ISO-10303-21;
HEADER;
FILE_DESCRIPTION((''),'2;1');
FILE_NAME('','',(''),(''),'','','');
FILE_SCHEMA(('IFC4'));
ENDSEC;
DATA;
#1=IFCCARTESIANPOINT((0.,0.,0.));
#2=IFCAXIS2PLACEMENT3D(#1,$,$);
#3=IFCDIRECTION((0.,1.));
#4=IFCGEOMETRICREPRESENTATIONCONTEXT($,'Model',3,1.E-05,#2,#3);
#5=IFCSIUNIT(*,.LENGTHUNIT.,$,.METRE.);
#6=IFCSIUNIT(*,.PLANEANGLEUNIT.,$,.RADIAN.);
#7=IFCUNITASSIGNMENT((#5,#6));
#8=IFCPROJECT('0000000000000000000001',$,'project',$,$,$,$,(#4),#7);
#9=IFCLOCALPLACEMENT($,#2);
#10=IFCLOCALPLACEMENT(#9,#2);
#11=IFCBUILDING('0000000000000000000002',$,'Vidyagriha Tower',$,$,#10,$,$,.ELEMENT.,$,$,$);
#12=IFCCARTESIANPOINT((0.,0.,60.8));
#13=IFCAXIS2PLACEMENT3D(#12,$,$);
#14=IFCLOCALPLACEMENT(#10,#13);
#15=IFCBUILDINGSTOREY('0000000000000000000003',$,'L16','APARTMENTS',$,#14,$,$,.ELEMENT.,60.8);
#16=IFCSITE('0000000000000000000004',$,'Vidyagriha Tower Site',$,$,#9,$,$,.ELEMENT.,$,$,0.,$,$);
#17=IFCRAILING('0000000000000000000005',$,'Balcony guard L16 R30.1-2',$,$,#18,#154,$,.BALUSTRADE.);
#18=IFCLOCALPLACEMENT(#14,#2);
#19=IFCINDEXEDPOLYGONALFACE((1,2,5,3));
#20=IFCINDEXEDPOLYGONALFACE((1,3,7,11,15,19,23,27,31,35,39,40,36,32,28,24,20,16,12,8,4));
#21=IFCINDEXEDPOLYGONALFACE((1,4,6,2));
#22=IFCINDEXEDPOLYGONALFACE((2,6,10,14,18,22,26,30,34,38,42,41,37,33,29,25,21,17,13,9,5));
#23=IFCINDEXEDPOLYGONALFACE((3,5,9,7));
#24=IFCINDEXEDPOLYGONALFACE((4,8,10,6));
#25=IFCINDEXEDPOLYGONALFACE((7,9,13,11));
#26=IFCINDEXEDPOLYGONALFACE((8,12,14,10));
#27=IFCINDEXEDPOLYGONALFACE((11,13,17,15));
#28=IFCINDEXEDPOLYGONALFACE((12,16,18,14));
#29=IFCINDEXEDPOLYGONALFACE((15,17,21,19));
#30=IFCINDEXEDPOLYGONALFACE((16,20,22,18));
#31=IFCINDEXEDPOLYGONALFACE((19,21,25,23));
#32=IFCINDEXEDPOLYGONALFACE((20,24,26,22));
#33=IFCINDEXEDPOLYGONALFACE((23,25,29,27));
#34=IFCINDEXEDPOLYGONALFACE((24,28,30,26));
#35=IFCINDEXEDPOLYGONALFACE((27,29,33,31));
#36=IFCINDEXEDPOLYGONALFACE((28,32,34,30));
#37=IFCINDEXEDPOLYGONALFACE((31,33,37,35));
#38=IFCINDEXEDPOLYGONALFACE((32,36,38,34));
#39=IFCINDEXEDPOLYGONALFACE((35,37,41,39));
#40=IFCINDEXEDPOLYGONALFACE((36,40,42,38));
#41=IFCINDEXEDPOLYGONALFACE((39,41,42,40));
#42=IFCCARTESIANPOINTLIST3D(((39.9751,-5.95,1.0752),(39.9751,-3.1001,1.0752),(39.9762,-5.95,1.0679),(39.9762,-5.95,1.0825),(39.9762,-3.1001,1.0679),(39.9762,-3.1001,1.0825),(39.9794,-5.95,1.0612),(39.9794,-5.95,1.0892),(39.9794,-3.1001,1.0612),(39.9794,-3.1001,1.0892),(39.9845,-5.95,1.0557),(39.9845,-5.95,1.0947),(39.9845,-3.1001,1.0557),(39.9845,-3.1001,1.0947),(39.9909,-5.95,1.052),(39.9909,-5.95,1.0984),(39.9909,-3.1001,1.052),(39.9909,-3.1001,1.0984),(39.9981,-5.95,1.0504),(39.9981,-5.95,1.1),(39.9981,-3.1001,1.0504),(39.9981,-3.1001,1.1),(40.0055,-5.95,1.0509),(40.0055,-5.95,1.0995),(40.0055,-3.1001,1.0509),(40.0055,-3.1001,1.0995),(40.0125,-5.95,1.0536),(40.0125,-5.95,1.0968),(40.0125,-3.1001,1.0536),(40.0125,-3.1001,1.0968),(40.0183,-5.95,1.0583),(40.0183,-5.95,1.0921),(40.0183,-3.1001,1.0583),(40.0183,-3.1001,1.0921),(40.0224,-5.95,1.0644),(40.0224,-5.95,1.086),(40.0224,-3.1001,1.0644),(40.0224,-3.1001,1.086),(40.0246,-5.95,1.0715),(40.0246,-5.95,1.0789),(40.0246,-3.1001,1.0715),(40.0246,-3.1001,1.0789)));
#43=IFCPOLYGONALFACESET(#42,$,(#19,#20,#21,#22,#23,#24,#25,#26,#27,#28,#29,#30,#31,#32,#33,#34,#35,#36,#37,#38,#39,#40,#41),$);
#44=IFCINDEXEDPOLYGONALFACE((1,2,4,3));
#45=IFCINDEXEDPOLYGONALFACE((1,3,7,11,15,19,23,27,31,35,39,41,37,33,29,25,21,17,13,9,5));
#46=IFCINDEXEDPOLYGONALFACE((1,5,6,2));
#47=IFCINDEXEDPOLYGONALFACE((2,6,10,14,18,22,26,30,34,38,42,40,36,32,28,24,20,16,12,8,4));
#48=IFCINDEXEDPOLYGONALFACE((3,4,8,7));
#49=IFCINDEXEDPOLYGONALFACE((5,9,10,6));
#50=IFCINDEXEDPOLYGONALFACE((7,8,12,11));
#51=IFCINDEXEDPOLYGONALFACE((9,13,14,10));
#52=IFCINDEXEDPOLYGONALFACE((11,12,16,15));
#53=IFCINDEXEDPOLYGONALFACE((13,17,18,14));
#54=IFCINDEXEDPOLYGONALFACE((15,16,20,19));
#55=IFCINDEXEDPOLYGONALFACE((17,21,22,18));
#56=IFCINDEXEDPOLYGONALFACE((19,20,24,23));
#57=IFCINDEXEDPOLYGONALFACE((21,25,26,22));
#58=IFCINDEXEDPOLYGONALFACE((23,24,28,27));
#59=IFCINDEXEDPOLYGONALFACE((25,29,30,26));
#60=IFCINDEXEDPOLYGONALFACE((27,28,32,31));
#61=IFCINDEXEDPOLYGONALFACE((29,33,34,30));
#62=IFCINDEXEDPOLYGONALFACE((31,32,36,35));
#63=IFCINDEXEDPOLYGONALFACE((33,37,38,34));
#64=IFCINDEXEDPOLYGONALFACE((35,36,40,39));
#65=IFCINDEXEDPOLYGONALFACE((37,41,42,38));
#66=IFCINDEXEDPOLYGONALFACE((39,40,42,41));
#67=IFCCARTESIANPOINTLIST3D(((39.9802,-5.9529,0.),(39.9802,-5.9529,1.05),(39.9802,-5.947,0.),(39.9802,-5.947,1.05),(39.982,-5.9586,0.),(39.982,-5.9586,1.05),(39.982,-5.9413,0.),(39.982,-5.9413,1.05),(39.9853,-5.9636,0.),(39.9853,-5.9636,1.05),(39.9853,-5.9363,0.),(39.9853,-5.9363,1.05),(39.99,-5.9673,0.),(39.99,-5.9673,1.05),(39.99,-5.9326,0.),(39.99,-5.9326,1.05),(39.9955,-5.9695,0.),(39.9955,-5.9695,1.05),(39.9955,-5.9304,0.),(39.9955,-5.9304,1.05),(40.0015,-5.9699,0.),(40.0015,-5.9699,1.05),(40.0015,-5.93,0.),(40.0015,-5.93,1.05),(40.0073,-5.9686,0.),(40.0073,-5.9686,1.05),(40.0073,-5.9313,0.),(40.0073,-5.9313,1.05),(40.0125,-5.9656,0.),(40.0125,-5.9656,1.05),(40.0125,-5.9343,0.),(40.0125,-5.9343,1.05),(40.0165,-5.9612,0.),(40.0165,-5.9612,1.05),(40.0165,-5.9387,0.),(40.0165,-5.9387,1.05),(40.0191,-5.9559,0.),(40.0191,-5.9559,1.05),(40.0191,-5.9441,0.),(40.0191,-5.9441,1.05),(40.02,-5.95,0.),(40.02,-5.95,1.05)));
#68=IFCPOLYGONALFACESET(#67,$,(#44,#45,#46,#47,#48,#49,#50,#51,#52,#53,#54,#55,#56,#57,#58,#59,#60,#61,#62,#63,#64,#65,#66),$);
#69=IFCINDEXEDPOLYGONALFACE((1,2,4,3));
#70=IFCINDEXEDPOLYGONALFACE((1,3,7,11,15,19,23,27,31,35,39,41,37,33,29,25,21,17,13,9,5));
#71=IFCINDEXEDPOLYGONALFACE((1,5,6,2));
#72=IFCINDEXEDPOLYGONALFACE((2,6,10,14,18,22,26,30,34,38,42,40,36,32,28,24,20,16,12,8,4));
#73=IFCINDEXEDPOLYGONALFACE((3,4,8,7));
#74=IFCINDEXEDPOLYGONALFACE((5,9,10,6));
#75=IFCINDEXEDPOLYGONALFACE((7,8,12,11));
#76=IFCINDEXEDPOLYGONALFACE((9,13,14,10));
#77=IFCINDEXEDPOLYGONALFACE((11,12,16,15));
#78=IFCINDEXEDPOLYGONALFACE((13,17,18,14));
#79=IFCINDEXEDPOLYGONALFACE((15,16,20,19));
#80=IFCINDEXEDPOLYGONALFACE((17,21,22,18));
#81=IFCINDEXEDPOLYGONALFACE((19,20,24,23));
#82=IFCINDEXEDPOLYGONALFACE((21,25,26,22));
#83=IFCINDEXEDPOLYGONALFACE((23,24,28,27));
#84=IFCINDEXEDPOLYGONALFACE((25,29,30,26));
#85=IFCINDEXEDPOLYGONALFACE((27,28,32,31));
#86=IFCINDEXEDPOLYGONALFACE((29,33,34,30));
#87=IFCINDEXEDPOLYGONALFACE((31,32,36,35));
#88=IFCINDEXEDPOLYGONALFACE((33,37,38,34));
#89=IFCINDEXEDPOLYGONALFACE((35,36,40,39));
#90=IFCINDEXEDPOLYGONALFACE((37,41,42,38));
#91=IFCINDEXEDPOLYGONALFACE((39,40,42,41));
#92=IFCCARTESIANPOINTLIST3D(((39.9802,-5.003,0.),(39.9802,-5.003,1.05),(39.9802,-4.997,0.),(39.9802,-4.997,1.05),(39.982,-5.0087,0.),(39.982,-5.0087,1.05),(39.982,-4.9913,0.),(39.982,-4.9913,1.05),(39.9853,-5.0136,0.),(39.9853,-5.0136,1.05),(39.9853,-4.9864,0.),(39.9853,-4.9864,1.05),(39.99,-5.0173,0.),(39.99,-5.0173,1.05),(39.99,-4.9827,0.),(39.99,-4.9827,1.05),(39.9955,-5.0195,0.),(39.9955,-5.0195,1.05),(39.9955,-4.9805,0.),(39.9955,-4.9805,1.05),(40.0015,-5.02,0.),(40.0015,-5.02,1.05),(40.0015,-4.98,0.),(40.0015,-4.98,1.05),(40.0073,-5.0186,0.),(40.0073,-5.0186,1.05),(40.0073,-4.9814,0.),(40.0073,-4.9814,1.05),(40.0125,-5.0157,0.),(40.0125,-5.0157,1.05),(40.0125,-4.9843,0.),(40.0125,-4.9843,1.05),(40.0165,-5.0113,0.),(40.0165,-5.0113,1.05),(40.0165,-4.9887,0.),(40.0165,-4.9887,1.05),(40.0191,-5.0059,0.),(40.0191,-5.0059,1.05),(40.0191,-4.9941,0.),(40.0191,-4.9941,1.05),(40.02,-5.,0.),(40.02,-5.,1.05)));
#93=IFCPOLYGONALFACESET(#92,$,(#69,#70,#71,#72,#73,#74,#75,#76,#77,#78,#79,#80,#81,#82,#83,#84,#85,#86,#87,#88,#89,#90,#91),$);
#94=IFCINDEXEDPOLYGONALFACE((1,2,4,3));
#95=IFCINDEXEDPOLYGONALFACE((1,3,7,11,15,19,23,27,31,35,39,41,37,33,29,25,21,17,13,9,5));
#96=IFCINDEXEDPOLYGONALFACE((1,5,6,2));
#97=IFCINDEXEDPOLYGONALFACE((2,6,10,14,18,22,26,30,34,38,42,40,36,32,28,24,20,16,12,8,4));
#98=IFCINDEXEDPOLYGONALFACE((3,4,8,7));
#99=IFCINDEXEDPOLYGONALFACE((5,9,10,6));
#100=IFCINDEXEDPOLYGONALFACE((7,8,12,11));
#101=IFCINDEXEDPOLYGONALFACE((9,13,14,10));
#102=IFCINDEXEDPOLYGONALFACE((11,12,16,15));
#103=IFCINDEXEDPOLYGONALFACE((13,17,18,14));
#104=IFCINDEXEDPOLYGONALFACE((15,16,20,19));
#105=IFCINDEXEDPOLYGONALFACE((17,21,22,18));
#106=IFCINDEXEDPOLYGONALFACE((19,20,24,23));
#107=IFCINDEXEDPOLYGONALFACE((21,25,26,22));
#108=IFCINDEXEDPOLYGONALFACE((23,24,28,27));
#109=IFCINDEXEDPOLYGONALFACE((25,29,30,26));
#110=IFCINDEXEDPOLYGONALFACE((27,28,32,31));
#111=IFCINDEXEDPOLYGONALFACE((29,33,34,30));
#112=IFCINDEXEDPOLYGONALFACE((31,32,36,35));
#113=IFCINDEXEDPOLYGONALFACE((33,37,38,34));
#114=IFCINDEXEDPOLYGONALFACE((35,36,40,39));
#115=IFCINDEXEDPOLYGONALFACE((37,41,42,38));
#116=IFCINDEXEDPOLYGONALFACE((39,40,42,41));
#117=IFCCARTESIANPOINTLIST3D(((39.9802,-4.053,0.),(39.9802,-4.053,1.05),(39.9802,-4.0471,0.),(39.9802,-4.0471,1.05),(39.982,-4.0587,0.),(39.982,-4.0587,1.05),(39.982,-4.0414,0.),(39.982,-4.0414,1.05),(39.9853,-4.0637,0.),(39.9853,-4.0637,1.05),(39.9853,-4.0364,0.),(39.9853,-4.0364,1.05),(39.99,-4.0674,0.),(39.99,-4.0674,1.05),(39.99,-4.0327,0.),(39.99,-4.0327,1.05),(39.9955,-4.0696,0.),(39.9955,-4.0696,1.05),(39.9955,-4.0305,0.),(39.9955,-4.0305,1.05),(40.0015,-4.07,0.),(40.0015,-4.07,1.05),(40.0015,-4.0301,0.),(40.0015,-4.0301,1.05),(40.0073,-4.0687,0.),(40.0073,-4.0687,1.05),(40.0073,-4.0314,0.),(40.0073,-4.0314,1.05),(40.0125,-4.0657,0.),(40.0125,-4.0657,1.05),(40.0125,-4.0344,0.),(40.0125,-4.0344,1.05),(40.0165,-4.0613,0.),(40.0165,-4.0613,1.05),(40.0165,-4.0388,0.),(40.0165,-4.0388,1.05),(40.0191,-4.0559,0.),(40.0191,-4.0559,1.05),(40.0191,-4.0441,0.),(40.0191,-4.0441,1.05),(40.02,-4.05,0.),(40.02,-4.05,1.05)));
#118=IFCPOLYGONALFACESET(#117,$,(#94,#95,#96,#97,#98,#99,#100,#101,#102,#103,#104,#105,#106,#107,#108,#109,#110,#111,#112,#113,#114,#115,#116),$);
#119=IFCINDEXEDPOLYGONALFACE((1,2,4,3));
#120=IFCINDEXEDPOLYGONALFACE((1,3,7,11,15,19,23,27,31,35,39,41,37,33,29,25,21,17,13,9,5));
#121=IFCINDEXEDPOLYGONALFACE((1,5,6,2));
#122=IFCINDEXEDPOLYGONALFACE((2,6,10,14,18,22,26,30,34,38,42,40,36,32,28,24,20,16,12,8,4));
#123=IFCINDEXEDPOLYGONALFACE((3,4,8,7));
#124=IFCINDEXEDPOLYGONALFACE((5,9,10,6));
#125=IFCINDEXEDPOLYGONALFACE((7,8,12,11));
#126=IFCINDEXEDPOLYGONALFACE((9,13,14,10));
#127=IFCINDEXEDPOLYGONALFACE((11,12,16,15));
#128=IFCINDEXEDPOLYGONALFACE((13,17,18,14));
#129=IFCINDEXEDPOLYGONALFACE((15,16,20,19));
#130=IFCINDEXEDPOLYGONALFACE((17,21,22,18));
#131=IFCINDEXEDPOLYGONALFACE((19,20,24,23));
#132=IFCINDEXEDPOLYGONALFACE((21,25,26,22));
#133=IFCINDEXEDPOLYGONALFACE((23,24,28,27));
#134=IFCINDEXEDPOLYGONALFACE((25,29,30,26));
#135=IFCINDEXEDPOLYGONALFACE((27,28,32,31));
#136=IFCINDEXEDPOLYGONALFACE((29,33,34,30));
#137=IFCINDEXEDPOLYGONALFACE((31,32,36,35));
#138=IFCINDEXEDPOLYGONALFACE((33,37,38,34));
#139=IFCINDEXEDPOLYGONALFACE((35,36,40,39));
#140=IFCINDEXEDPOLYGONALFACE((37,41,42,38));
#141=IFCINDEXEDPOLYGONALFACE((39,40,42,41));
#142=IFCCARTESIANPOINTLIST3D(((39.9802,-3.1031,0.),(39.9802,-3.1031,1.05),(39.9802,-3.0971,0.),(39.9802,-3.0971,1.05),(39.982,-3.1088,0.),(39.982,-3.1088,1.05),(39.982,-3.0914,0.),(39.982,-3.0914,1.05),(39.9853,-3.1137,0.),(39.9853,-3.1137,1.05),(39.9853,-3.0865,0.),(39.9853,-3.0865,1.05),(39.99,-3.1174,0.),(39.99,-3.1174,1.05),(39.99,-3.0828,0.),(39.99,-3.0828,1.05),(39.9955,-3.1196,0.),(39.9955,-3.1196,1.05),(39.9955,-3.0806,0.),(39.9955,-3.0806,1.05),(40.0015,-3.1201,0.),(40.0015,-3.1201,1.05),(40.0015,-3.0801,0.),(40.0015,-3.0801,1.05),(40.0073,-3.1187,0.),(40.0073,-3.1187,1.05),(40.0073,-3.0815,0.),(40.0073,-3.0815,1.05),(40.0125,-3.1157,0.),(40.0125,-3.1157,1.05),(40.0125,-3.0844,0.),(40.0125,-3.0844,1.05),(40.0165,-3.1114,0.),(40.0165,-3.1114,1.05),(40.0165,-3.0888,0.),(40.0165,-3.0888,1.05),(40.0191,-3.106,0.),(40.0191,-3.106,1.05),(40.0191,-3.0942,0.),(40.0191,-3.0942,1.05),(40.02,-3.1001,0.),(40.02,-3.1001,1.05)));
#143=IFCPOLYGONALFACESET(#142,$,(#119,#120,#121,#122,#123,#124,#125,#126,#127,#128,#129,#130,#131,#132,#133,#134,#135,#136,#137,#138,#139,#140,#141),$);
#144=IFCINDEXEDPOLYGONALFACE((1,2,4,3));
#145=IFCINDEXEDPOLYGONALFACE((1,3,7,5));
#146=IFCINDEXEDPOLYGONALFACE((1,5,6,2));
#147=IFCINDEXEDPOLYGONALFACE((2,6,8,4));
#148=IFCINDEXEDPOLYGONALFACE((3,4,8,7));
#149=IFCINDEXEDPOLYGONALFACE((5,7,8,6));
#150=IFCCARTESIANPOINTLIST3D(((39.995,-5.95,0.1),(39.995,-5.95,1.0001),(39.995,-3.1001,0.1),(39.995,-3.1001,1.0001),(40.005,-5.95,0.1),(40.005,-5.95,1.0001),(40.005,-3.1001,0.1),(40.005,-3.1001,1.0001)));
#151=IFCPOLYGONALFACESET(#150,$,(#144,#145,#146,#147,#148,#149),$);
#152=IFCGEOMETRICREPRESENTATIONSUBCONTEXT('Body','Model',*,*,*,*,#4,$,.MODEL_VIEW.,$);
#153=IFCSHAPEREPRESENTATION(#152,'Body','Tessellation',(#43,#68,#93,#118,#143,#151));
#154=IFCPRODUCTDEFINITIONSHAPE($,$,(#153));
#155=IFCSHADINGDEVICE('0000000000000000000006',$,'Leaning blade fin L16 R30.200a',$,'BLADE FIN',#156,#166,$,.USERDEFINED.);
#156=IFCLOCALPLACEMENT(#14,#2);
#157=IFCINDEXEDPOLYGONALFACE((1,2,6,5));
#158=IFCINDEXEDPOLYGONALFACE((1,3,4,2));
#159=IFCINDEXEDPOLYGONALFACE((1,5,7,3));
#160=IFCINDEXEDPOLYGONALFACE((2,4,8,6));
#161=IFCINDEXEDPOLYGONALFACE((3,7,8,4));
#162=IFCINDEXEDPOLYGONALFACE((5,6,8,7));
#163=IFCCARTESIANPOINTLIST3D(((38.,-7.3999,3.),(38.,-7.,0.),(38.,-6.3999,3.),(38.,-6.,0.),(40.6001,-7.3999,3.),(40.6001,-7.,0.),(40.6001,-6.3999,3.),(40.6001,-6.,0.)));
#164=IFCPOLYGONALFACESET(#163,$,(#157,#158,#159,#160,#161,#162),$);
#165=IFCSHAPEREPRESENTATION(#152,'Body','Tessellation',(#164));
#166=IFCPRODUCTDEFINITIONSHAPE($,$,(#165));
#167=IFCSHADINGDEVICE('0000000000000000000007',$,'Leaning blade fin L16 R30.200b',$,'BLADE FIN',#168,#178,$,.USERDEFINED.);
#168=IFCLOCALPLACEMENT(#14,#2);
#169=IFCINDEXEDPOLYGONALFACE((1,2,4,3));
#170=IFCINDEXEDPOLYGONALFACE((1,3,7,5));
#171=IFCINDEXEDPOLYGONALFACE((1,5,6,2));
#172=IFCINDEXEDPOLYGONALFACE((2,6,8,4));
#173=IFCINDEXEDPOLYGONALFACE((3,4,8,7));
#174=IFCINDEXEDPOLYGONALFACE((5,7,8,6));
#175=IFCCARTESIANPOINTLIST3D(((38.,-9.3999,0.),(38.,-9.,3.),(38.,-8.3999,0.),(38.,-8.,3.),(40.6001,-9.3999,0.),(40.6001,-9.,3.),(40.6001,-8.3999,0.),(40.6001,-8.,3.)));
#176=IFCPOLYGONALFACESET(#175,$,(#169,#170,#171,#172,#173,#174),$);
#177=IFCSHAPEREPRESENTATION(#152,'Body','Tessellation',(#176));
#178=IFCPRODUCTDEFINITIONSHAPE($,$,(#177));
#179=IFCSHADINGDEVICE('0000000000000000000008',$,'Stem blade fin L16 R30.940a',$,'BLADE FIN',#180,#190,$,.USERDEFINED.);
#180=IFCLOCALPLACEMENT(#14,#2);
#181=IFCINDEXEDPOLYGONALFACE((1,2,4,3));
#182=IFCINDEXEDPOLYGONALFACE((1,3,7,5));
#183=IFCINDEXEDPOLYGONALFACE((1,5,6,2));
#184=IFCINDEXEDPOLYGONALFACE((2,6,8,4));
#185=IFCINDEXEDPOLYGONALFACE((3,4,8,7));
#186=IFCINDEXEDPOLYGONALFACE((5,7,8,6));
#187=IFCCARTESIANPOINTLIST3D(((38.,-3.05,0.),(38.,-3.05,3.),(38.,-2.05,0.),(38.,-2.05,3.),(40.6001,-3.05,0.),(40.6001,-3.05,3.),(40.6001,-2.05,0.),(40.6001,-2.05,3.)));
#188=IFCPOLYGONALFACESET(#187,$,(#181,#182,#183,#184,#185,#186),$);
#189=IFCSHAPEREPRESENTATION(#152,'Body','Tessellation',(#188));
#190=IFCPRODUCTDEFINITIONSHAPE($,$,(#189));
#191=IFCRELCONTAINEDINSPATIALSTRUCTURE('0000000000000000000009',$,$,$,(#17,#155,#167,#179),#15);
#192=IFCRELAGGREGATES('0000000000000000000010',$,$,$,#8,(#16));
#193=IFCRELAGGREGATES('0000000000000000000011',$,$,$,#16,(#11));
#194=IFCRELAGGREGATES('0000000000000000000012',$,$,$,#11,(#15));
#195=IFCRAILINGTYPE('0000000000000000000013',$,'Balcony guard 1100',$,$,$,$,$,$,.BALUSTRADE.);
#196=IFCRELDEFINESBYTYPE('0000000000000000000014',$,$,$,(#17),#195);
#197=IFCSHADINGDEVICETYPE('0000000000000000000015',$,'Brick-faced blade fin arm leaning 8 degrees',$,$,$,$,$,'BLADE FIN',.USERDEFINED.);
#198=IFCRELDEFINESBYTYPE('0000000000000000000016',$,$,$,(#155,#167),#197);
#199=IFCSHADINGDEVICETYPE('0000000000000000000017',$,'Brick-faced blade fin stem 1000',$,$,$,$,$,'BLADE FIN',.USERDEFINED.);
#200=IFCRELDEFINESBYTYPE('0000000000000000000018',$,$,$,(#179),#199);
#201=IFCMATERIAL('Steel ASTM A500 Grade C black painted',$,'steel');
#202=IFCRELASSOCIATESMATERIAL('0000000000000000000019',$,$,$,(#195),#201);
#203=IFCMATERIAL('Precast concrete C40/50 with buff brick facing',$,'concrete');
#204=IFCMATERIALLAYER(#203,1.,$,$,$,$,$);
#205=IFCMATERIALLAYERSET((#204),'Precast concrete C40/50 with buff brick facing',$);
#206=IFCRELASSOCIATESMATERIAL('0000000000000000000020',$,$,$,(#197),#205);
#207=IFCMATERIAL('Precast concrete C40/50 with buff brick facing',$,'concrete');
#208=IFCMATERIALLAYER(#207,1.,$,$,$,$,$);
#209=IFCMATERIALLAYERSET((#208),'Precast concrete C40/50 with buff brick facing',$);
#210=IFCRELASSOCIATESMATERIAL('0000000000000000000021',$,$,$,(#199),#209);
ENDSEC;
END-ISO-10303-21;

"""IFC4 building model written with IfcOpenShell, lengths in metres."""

from ifc_helpers import new_model, si_unit, direction, frame, origin, origin_2d, place, context, subcontext, project, spatial, polyline, rectangle, circle, outline, extrude, material, layer, layer_set, type_object, element, save


model = new_model("IFC4")

# Units and contexts
model_context = context("Model", 3, precision=1e-05, world=origin(), true_north=direction((0.0, 1.0)))
body_context = subcontext(model_context, "Body", "Model", "MODEL_VIEW")
ifc_project = project(units=[si_unit("LENGTHUNIT", "METRE"), si_unit("PLANEANGLEUNIT", "RADIAN")], contexts=[model_context])

# Site, building, storey
site_placement = place(None, origin())
site = spatial("IfcSite", under=ifc_project, at=site_placement, Name="Vidyagriha Tower Site", CompositionType="ELEMENT", RefElevation=0.0)
building_placement = place(site_placement, origin())
building = spatial("IfcBuilding", under=site, at=building_placement, Name="Vidyagriha Tower", CompositionType="ELEMENT")
storey_placement = place(building_placement, frame((0.0, 0.0, 60.8)))
storey = spatial("IfcBuildingStorey", under=building, at=storey_placement, Name="L16", Description="APARTMENTS", CompositionType="ELEMENT", Elevation=60.8)

# Railing
ifc_material_1 = material(Name="Steel ASTM A500 Grade C black painted", Category="steel")
railing_type = type_object("IfcRailingType", Name="Balcony guard 1100", PredefinedType="BALUSTRADE", material=ifc_material_1)
railing_1_placement = place(storey_placement, frame((40.0, -5.95, 0.0)))
element("IfcRailing", 1, at=railing_1_placement, inside=storey, type_object=railing_type, Name="Balcony guard L16 R30.1-2", PredefinedType="BALUSTRADE", context=body_context, shape_type="SweptSolid", body=[
    extrude(circle(Radius=0.0249, at=origin_2d()), frame((0.0, 0.0, 1.0752), z_axis=(0.0, 1.0, 0.0), x_axis=(-1.0, 0.0, 0.0)), (0.0, 0.0, 1.0), 2.8499),
    extrude(circle(Radius=0.02, at=origin_2d()), origin(), (0.0, 0.0, 1.0), 1.05),
    extrude(circle(Radius=0.02, at=origin_2d()), frame((0.0, 0.95, 0.0)), (0.0, 0.0, 1.0), 1.05),
    extrude(circle(Radius=0.02, at=origin_2d()), frame((0.0, 1.8999, 0.0)), (0.0, 0.0, 1.0), 1.05),
    extrude(circle(Radius=0.02, at=origin_2d()), frame((0.0, 2.8499, 0.0)), (0.0, 0.0, 1.0), 1.05),
    extrude(rectangle(XDim=0.01, YDim=0.9001, at=origin_2d()), frame((0.0, 0.0, 0.55), z_axis=(0.0, 1.0, 0.0), x_axis=(-1.0, 0.0, 0.0)), (0.0, 0.0, 1.0), 2.8499),
])

# Shading devices
ifc_material_2 = material(Name="Precast concrete C40/50 with buff brick facing", Category="concrete")
ifc_layer_1 = layer(ifc_material_2, 1.0)
ifc_layer_set_1 = layer_set([ifc_layer_1], Name="Precast concrete C40/50 with buff brick facing")
shading_device_type_1 = type_object("IfcShadingDeviceType", Name="Brick-faced blade fin arm leaning 8 degrees", ElementType="BLADE FIN", PredefinedType="USERDEFINED", material=ifc_layer_set_1)
shading_device_1_placement = place(storey_placement, frame((39.3, -7.3999, 0.0), z_axis=(0.0, 0.0, 1.0), x_axis=(0.0, 1.0, 0.0)))
element("IfcShadingDevice", 2, at=shading_device_1_placement, inside=storey, type_object=shading_device_type_1, Name="Leaning blade fin L16 R30.200a", ObjectType="BLADE FIN", PredefinedType="USERDEFINED", context=body_context, shape_type="SweptSolid", body=[
    extrude(outline(polyline([(0.3999, 0.0), (1.3999, 0.0), (1.0, 3.0), (0.0, 3.0), (0.3999, 0.0)])), frame((0.0, 1.3, 0.0), z_axis=(0.0, -1.0, 0.0), x_axis=(1.0, 0.0, 0.0)), (0.0, 0.0, 1.0), 2.6001),
])
shading_device_2_placement = place(storey_placement, frame((39.3, -9.3999, 0.0), z_axis=(0.0, 0.0, 1.0), x_axis=(0.0, 1.0, 0.0)))
element("IfcShadingDevice", 3, at=shading_device_2_placement, inside=storey, type_object=shading_device_type_1, Name="Leaning blade fin L16 R30.200b", ObjectType="BLADE FIN", PredefinedType="USERDEFINED", context=body_context, shape_type="SweptSolid", body=[
    extrude(outline(polyline([(0.0, 0.0), (1.0, 0.0), (1.3999, 3.0), (0.3999, 3.0), (0.0, 0.0)])), frame((0.0, 1.3, 0.0), z_axis=(0.0, -1.0, 0.0), x_axis=(1.0, 0.0, 0.0)), (0.0, 0.0, 1.0), 2.6001),
])
ifc_material_3 = material(Name="Precast concrete C40/50 with buff brick facing", Category="concrete")
ifc_layer_2 = layer(ifc_material_3, 1.0)
ifc_layer_set_2 = layer_set([ifc_layer_2], Name="Precast concrete C40/50 with buff brick facing")
shading_device_type_2 = type_object("IfcShadingDeviceType", Name="Brick-faced blade fin stem 1000", ElementType="BLADE FIN", PredefinedType="USERDEFINED", material=ifc_layer_set_2)
shading_device_3_placement = place(storey_placement, frame((39.3, -3.05, 0.0), z_axis=(0.0, 0.0, 1.0), x_axis=(0.0, 1.0, 0.0)))
element("IfcShadingDevice", 4, at=shading_device_3_placement, inside=storey, type_object=shading_device_type_2, Name="Stem blade fin L16 R30.940a", ObjectType="BLADE FIN", PredefinedType="USERDEFINED", context=body_context, shape_type="SweptSolid", body=[
    extrude(outline(polyline([(0.0, 0.0), (1.0, 0.0), (1.0, 3.0), (0.0, 3.0), (0.0, 0.0)])), frame((0.0, 1.3, 0.0), z_axis=(0.0, -1.0, 0.0), x_axis=(1.0, 0.0, 0.0)), (0.0, 0.0, 1.0), 2.6001),
])

save(model, "model.ifc")
